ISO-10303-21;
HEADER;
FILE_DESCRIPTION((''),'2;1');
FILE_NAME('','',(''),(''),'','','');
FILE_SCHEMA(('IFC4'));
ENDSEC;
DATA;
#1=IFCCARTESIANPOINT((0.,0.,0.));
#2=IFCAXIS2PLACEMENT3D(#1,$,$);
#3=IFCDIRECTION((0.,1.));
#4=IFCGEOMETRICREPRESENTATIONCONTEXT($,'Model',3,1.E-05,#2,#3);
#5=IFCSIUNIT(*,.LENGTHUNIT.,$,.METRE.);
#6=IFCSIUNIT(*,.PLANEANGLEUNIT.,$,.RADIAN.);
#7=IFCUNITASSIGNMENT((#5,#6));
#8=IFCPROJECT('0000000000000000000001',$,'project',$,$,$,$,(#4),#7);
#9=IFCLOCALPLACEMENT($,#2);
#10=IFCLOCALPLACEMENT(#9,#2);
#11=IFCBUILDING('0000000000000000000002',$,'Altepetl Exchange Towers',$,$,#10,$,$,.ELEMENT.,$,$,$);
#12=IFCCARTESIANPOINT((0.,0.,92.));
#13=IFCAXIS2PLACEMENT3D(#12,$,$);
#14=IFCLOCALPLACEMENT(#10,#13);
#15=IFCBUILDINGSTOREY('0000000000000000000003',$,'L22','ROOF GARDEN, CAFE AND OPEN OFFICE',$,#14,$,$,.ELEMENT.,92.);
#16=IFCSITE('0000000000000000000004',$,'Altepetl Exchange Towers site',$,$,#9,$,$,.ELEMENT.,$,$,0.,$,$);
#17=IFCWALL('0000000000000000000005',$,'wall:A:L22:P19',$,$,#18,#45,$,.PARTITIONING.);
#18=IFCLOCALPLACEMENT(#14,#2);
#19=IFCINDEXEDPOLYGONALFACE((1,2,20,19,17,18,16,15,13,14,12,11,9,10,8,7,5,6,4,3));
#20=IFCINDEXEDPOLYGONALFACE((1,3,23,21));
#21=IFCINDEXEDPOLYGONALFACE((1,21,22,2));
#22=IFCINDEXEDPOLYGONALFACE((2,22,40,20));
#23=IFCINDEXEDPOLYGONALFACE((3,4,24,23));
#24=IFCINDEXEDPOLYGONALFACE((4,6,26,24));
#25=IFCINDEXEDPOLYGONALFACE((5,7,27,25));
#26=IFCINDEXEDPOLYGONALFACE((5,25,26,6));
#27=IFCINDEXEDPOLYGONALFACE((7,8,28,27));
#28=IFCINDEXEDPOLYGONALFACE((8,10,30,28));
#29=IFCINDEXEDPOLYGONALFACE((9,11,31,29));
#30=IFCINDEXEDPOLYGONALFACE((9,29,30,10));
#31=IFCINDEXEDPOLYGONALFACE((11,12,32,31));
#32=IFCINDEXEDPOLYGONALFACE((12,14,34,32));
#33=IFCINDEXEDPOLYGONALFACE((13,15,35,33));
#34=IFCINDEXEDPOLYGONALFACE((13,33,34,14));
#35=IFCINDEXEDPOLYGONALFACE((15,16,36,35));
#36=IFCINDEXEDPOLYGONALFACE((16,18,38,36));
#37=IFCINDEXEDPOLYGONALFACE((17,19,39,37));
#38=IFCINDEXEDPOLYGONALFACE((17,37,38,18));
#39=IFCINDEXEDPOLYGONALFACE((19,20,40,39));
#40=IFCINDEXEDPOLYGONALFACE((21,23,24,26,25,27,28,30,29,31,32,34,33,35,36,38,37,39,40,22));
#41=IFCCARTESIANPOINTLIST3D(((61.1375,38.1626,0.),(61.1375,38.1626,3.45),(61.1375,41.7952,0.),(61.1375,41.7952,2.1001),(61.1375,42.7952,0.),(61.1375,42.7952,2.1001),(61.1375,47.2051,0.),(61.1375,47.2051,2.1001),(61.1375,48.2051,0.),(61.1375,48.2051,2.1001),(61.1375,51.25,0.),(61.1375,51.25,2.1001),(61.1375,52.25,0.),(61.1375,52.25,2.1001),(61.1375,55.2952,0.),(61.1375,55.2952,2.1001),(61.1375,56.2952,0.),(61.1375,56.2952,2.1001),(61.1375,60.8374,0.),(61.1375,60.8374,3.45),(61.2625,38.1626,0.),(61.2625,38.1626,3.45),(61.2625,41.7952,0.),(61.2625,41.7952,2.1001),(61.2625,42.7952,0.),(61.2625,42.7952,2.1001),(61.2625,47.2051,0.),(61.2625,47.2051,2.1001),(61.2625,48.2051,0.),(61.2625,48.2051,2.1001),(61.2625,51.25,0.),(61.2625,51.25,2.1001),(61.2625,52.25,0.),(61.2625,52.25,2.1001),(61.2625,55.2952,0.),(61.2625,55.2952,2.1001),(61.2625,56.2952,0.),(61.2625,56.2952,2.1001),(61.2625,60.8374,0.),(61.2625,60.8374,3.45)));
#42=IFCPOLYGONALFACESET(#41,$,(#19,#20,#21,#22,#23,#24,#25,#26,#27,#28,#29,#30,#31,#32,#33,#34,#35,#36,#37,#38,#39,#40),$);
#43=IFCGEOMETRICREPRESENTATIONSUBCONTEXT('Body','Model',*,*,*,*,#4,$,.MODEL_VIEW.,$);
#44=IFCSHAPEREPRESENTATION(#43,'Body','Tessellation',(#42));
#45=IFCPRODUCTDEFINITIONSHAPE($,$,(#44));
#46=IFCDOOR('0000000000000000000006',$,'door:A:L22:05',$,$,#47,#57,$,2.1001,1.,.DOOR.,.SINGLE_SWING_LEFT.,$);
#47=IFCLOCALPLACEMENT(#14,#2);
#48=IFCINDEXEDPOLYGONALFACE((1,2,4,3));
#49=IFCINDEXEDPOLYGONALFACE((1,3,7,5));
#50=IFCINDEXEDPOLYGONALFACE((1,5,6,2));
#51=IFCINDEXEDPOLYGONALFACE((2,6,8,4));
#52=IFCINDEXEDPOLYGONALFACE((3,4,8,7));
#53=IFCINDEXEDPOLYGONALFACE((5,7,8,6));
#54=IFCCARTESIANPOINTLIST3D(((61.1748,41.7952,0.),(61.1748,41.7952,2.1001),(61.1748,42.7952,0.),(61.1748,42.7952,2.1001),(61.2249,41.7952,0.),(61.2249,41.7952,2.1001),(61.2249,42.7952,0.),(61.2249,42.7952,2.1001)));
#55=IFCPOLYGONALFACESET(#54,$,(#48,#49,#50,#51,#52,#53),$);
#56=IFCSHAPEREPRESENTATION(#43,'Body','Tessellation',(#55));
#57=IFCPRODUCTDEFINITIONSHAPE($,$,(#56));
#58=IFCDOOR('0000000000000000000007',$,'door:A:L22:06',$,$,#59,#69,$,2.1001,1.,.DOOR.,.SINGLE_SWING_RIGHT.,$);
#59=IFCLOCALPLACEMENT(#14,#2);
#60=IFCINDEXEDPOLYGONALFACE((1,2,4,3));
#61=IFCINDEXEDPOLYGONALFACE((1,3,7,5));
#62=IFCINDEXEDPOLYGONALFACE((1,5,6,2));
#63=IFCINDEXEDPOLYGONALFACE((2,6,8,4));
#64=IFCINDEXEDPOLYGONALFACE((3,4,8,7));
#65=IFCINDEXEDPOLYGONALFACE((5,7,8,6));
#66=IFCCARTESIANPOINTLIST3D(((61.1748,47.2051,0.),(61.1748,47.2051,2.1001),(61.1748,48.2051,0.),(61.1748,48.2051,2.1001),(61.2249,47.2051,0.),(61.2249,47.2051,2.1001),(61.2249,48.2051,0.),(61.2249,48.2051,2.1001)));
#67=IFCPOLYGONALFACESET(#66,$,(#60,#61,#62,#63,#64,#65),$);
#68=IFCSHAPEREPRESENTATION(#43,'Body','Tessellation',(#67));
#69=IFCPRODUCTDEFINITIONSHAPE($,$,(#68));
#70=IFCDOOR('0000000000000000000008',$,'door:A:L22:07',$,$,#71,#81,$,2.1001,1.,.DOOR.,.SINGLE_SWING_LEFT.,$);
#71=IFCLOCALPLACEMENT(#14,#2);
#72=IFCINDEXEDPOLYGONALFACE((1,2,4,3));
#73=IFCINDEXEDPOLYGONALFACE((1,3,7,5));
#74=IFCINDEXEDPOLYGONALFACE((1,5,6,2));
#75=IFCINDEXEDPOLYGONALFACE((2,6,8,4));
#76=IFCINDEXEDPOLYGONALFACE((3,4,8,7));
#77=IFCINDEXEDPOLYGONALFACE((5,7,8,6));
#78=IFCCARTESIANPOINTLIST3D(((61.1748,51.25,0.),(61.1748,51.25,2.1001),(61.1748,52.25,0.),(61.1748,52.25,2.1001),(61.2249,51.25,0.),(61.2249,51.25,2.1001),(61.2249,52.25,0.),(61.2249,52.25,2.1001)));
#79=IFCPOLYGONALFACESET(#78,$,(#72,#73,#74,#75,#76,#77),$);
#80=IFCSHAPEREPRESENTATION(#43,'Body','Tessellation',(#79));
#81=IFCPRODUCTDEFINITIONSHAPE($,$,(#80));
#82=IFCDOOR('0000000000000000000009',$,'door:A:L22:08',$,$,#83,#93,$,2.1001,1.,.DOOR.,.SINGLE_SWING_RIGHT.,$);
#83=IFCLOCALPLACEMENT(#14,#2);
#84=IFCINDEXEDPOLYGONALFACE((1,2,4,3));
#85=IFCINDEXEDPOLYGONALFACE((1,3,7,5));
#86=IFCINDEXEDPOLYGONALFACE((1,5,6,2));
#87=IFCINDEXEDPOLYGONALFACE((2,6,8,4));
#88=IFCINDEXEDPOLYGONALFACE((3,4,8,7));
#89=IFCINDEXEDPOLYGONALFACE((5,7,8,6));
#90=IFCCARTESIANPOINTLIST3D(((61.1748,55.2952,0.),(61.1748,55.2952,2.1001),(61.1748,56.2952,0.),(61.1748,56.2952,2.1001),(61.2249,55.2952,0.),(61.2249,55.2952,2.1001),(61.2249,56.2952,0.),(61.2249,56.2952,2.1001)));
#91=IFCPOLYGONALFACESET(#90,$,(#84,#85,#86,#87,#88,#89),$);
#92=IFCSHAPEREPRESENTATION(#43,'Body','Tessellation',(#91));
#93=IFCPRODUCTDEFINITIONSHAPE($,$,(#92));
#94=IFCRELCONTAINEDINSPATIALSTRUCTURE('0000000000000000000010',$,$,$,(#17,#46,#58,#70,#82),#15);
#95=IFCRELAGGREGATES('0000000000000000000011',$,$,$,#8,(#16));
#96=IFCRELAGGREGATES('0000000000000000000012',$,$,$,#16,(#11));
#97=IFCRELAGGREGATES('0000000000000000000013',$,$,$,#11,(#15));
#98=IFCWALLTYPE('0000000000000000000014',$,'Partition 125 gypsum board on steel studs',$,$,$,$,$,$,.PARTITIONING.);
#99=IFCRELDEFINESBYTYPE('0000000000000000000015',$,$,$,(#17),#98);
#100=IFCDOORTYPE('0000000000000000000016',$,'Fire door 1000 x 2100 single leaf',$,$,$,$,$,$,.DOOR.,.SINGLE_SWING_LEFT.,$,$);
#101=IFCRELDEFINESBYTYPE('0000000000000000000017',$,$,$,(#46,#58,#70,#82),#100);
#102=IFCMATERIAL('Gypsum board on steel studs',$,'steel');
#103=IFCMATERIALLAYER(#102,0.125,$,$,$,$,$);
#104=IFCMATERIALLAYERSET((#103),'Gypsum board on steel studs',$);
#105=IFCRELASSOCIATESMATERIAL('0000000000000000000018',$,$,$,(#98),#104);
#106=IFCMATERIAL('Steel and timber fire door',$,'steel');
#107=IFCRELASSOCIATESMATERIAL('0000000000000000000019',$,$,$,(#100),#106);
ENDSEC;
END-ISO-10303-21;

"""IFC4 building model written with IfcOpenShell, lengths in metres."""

from ifc_helpers import new_model, si_unit, direction, frame, frame_2d, origin, place, context, subcontext, project, spatial, rectangle, extrude, material, layer, layer_set, type_object, element, fill, save


model = new_model("IFC4")

# Units and contexts
model_context = context("Model", 3, precision=1e-05, world=origin(), true_north=direction((0.0, 1.0)))
body_context = subcontext(model_context, "Body", "Model", "MODEL_VIEW")
ifc_project = project(units=[si_unit("LENGTHUNIT", "METRE"), si_unit("PLANEANGLEUNIT", "RADIAN")], contexts=[model_context])

# Site, building, storey
site_placement = place(None, origin())
site = spatial("IfcSite", under=ifc_project, at=site_placement, Name="Altepetl Exchange Towers site", CompositionType="ELEMENT", RefElevation=0.0)
building_placement = place(site_placement, origin())
building = spatial("IfcBuilding", under=site, at=building_placement, Name="Altepetl Exchange Towers", CompositionType="ELEMENT")
storey_placement = place(building_placement, frame((0.0, 0.0, 92.0)))
storey = spatial("IfcBuildingStorey", under=building, at=storey_placement, Name="L22", Description="ROOF GARDEN, CAFE AND OPEN OFFICE", CompositionType="ELEMENT", Elevation=92.0)

# Shared definitions
ifc_material_1 = material(Name="Gypsum board on steel studs", Category="steel")
ifc_layer_1 = layer(ifc_material_1, 0.125)
ifc_layer_set_1 = layer_set([ifc_layer_1], Name="Gypsum board on steel studs")
wall_type = type_object("IfcWallType", Name="Partition 125 gypsum board on steel studs", PredefinedType="PARTITIONING", material=ifc_layer_set_1)

# Wall, openings, doors
wall_1_placement = place(storey_placement, frame((61.2, 38.1626, 0.0), z_axis=(0.0, 0.0, 1.0), x_axis=(0.0, 1.0, 0.0)))
wall_1 = element("IfcWall", 1, at=wall_1_placement, inside=storey, type_object=wall_type, Name="wall:A:L22:P19", PredefinedType="PARTITIONING", context=body_context, shape_type="SweptSolid", body=[
    extrude(rectangle(XDim=22.6748, YDim=0.125, at=frame_2d((11.3374, 0.0))), origin(), (0.0, 0.0, 1.0), 3.45),
])
opening_1_placement = place(wall_1_placement, frame((3.6326, 0.0, 0.0)))
opening_1 = element("IfcOpeningElement", 2, at=opening_1_placement, cuts=wall_1, PredefinedType="OPENING", context=body_context, shape_type="SweptSolid", body=[
    extrude(rectangle(XDim=1.0, YDim=2.1001, at=frame_2d((0.5, 1.05))), frame((0.0, 0.0725, 0.0), z_axis=(0.0, -1.0, 0.0), x_axis=(1.0, 0.0, 0.0)), (0.0, 0.0, 1.0), 0.145),
])
opening_2_placement = place(wall_1_placement, frame((9.0425, 0.0, 0.0)))
opening_2 = element("IfcOpeningElement", 3, at=opening_2_placement, cuts=wall_1, PredefinedType="OPENING", context=body_context, shape_type="SweptSolid", body=[
    extrude(rectangle(XDim=1.0, YDim=2.1001, at=frame_2d((0.5, 1.05))), frame((0.0, 0.0725, 0.0), z_axis=(0.0, -1.0, 0.0), x_axis=(1.0, 0.0, 0.0)), (0.0, 0.0, 1.0), 0.145),
])
opening_3_placement = place(wall_1_placement, frame((13.0874, 0.0, 0.0)))
opening_3 = element("IfcOpeningElement", 4, at=opening_3_placement, cuts=wall_1, PredefinedType="OPENING", context=body_context, shape_type="SweptSolid", body=[
    extrude(rectangle(XDim=1.0, YDim=2.1001, at=frame_2d((0.5, 1.05))), frame((0.0, 0.0725, 0.0), z_axis=(0.0, -1.0, 0.0), x_axis=(1.0, 0.0, 0.0)), (0.0, 0.0, 1.0), 0.145),
])
opening_4_placement = place(wall_1_placement, frame((17.1326, 0.0, 0.0)))
opening_4 = element("IfcOpeningElement", 5, at=opening_4_placement, cuts=wall_1, PredefinedType="OPENING", context=body_context, shape_type="SweptSolid", body=[
    extrude(rectangle(XDim=1.0, YDim=2.1001, at=frame_2d((0.5, 1.05))), frame((0.0, 0.0725, 0.0), z_axis=(0.0, -1.0, 0.0), x_axis=(1.0, 0.0, 0.0)), (0.0, 0.0, 1.0), 0.145),
])
ifc_material_2 = material(Name="Steel and timber fire door", Category="steel")
door_type = type_object("IfcDoorType", Name="Fire door 1000 x 2100 single leaf", OperationType="SINGLE_SWING_LEFT", PredefinedType="DOOR", material=ifc_material_2)
door_1_placement = place(opening_1_placement, frame((1.0, 0.0, 0.0), x_axis=(-1.0, 0.0, 0.0)))
door_1 = element("IfcDoor", 6, at=door_1_placement, inside=storey, type_object=door_type, Name="door:A:L22:05", OperationType="SINGLE_SWING_LEFT", OverallHeight=2.1001, OverallWidth=1.0, PredefinedType="DOOR", context=body_context, shape_type="SweptSolid", body=[
    extrude(rectangle(XDim=1.0, YDim=2.1001, at=frame_2d((0.5, 1.05))), frame((0.0, 0.0249, 0.0), z_axis=(0.0, -1.0, 0.0), x_axis=(1.0, 0.0, 0.0)), (0.0, 0.0, 1.0), 0.05),
])
fill(opening_1, door_1)
door_2_placement = place(opening_2_placement, frame((1.0, 0.0, 0.0), x_axis=(-1.0, 0.0, 0.0)))
door_2 = element("IfcDoor", 7, at=door_2_placement, inside=storey, type_object=door_type, Name="door:A:L22:06", OperationType="SINGLE_SWING_RIGHT", OverallHeight=2.1001, OverallWidth=1.0, PredefinedType="DOOR", context=body_context, shape_type="SweptSolid", body=[
    extrude(rectangle(XDim=1.0, YDim=2.1001, at=frame_2d((0.5, 1.05))), frame((0.0, 0.0249, 0.0), z_axis=(0.0, -1.0, 0.0), x_axis=(1.0, 0.0, 0.0)), (0.0, 0.0, 1.0), 0.05),
])
fill(opening_2, door_2)
door_3_placement = place(opening_3_placement, frame((1.0, 0.0, 0.0), x_axis=(-1.0, 0.0, 0.0)))
door_3 = element("IfcDoor", 8, at=door_3_placement, inside=storey, type_object=door_type, Name="door:A:L22:07", OperationType="SINGLE_SWING_LEFT", OverallHeight=2.1001, OverallWidth=1.0, PredefinedType="DOOR", context=body_context, shape_type="SweptSolid", body=[
    extrude(rectangle(XDim=1.0, YDim=2.1001, at=frame_2d((0.5, 1.05))), frame((0.0, 0.0249, 0.0), z_axis=(0.0, -1.0, 0.0), x_axis=(1.0, 0.0, 0.0)), (0.0, 0.0, 1.0), 0.05),
])
fill(opening_3, door_3)
door_4_placement = place(opening_4_placement, frame((1.0, 0.0, 0.0), x_axis=(-1.0, 0.0, 0.0)))
door_4 = element("IfcDoor", 9, at=door_4_placement, inside=storey, type_object=door_type, Name="door:A:L22:08", OperationType="SINGLE_SWING_RIGHT", OverallHeight=2.1001, OverallWidth=1.0, PredefinedType="DOOR", context=body_context, shape_type="SweptSolid", body=[
    extrude(rectangle(XDim=1.0, YDim=2.1001, at=frame_2d((0.5, 1.05))), frame((0.0, 0.0249, 0.0), z_axis=(0.0, -1.0, 0.0), x_axis=(1.0, 0.0, 0.0)), (0.0, 0.0, 1.0), 0.05),
])
fill(opening_4, door_4)

save(model, "model.ifc")
